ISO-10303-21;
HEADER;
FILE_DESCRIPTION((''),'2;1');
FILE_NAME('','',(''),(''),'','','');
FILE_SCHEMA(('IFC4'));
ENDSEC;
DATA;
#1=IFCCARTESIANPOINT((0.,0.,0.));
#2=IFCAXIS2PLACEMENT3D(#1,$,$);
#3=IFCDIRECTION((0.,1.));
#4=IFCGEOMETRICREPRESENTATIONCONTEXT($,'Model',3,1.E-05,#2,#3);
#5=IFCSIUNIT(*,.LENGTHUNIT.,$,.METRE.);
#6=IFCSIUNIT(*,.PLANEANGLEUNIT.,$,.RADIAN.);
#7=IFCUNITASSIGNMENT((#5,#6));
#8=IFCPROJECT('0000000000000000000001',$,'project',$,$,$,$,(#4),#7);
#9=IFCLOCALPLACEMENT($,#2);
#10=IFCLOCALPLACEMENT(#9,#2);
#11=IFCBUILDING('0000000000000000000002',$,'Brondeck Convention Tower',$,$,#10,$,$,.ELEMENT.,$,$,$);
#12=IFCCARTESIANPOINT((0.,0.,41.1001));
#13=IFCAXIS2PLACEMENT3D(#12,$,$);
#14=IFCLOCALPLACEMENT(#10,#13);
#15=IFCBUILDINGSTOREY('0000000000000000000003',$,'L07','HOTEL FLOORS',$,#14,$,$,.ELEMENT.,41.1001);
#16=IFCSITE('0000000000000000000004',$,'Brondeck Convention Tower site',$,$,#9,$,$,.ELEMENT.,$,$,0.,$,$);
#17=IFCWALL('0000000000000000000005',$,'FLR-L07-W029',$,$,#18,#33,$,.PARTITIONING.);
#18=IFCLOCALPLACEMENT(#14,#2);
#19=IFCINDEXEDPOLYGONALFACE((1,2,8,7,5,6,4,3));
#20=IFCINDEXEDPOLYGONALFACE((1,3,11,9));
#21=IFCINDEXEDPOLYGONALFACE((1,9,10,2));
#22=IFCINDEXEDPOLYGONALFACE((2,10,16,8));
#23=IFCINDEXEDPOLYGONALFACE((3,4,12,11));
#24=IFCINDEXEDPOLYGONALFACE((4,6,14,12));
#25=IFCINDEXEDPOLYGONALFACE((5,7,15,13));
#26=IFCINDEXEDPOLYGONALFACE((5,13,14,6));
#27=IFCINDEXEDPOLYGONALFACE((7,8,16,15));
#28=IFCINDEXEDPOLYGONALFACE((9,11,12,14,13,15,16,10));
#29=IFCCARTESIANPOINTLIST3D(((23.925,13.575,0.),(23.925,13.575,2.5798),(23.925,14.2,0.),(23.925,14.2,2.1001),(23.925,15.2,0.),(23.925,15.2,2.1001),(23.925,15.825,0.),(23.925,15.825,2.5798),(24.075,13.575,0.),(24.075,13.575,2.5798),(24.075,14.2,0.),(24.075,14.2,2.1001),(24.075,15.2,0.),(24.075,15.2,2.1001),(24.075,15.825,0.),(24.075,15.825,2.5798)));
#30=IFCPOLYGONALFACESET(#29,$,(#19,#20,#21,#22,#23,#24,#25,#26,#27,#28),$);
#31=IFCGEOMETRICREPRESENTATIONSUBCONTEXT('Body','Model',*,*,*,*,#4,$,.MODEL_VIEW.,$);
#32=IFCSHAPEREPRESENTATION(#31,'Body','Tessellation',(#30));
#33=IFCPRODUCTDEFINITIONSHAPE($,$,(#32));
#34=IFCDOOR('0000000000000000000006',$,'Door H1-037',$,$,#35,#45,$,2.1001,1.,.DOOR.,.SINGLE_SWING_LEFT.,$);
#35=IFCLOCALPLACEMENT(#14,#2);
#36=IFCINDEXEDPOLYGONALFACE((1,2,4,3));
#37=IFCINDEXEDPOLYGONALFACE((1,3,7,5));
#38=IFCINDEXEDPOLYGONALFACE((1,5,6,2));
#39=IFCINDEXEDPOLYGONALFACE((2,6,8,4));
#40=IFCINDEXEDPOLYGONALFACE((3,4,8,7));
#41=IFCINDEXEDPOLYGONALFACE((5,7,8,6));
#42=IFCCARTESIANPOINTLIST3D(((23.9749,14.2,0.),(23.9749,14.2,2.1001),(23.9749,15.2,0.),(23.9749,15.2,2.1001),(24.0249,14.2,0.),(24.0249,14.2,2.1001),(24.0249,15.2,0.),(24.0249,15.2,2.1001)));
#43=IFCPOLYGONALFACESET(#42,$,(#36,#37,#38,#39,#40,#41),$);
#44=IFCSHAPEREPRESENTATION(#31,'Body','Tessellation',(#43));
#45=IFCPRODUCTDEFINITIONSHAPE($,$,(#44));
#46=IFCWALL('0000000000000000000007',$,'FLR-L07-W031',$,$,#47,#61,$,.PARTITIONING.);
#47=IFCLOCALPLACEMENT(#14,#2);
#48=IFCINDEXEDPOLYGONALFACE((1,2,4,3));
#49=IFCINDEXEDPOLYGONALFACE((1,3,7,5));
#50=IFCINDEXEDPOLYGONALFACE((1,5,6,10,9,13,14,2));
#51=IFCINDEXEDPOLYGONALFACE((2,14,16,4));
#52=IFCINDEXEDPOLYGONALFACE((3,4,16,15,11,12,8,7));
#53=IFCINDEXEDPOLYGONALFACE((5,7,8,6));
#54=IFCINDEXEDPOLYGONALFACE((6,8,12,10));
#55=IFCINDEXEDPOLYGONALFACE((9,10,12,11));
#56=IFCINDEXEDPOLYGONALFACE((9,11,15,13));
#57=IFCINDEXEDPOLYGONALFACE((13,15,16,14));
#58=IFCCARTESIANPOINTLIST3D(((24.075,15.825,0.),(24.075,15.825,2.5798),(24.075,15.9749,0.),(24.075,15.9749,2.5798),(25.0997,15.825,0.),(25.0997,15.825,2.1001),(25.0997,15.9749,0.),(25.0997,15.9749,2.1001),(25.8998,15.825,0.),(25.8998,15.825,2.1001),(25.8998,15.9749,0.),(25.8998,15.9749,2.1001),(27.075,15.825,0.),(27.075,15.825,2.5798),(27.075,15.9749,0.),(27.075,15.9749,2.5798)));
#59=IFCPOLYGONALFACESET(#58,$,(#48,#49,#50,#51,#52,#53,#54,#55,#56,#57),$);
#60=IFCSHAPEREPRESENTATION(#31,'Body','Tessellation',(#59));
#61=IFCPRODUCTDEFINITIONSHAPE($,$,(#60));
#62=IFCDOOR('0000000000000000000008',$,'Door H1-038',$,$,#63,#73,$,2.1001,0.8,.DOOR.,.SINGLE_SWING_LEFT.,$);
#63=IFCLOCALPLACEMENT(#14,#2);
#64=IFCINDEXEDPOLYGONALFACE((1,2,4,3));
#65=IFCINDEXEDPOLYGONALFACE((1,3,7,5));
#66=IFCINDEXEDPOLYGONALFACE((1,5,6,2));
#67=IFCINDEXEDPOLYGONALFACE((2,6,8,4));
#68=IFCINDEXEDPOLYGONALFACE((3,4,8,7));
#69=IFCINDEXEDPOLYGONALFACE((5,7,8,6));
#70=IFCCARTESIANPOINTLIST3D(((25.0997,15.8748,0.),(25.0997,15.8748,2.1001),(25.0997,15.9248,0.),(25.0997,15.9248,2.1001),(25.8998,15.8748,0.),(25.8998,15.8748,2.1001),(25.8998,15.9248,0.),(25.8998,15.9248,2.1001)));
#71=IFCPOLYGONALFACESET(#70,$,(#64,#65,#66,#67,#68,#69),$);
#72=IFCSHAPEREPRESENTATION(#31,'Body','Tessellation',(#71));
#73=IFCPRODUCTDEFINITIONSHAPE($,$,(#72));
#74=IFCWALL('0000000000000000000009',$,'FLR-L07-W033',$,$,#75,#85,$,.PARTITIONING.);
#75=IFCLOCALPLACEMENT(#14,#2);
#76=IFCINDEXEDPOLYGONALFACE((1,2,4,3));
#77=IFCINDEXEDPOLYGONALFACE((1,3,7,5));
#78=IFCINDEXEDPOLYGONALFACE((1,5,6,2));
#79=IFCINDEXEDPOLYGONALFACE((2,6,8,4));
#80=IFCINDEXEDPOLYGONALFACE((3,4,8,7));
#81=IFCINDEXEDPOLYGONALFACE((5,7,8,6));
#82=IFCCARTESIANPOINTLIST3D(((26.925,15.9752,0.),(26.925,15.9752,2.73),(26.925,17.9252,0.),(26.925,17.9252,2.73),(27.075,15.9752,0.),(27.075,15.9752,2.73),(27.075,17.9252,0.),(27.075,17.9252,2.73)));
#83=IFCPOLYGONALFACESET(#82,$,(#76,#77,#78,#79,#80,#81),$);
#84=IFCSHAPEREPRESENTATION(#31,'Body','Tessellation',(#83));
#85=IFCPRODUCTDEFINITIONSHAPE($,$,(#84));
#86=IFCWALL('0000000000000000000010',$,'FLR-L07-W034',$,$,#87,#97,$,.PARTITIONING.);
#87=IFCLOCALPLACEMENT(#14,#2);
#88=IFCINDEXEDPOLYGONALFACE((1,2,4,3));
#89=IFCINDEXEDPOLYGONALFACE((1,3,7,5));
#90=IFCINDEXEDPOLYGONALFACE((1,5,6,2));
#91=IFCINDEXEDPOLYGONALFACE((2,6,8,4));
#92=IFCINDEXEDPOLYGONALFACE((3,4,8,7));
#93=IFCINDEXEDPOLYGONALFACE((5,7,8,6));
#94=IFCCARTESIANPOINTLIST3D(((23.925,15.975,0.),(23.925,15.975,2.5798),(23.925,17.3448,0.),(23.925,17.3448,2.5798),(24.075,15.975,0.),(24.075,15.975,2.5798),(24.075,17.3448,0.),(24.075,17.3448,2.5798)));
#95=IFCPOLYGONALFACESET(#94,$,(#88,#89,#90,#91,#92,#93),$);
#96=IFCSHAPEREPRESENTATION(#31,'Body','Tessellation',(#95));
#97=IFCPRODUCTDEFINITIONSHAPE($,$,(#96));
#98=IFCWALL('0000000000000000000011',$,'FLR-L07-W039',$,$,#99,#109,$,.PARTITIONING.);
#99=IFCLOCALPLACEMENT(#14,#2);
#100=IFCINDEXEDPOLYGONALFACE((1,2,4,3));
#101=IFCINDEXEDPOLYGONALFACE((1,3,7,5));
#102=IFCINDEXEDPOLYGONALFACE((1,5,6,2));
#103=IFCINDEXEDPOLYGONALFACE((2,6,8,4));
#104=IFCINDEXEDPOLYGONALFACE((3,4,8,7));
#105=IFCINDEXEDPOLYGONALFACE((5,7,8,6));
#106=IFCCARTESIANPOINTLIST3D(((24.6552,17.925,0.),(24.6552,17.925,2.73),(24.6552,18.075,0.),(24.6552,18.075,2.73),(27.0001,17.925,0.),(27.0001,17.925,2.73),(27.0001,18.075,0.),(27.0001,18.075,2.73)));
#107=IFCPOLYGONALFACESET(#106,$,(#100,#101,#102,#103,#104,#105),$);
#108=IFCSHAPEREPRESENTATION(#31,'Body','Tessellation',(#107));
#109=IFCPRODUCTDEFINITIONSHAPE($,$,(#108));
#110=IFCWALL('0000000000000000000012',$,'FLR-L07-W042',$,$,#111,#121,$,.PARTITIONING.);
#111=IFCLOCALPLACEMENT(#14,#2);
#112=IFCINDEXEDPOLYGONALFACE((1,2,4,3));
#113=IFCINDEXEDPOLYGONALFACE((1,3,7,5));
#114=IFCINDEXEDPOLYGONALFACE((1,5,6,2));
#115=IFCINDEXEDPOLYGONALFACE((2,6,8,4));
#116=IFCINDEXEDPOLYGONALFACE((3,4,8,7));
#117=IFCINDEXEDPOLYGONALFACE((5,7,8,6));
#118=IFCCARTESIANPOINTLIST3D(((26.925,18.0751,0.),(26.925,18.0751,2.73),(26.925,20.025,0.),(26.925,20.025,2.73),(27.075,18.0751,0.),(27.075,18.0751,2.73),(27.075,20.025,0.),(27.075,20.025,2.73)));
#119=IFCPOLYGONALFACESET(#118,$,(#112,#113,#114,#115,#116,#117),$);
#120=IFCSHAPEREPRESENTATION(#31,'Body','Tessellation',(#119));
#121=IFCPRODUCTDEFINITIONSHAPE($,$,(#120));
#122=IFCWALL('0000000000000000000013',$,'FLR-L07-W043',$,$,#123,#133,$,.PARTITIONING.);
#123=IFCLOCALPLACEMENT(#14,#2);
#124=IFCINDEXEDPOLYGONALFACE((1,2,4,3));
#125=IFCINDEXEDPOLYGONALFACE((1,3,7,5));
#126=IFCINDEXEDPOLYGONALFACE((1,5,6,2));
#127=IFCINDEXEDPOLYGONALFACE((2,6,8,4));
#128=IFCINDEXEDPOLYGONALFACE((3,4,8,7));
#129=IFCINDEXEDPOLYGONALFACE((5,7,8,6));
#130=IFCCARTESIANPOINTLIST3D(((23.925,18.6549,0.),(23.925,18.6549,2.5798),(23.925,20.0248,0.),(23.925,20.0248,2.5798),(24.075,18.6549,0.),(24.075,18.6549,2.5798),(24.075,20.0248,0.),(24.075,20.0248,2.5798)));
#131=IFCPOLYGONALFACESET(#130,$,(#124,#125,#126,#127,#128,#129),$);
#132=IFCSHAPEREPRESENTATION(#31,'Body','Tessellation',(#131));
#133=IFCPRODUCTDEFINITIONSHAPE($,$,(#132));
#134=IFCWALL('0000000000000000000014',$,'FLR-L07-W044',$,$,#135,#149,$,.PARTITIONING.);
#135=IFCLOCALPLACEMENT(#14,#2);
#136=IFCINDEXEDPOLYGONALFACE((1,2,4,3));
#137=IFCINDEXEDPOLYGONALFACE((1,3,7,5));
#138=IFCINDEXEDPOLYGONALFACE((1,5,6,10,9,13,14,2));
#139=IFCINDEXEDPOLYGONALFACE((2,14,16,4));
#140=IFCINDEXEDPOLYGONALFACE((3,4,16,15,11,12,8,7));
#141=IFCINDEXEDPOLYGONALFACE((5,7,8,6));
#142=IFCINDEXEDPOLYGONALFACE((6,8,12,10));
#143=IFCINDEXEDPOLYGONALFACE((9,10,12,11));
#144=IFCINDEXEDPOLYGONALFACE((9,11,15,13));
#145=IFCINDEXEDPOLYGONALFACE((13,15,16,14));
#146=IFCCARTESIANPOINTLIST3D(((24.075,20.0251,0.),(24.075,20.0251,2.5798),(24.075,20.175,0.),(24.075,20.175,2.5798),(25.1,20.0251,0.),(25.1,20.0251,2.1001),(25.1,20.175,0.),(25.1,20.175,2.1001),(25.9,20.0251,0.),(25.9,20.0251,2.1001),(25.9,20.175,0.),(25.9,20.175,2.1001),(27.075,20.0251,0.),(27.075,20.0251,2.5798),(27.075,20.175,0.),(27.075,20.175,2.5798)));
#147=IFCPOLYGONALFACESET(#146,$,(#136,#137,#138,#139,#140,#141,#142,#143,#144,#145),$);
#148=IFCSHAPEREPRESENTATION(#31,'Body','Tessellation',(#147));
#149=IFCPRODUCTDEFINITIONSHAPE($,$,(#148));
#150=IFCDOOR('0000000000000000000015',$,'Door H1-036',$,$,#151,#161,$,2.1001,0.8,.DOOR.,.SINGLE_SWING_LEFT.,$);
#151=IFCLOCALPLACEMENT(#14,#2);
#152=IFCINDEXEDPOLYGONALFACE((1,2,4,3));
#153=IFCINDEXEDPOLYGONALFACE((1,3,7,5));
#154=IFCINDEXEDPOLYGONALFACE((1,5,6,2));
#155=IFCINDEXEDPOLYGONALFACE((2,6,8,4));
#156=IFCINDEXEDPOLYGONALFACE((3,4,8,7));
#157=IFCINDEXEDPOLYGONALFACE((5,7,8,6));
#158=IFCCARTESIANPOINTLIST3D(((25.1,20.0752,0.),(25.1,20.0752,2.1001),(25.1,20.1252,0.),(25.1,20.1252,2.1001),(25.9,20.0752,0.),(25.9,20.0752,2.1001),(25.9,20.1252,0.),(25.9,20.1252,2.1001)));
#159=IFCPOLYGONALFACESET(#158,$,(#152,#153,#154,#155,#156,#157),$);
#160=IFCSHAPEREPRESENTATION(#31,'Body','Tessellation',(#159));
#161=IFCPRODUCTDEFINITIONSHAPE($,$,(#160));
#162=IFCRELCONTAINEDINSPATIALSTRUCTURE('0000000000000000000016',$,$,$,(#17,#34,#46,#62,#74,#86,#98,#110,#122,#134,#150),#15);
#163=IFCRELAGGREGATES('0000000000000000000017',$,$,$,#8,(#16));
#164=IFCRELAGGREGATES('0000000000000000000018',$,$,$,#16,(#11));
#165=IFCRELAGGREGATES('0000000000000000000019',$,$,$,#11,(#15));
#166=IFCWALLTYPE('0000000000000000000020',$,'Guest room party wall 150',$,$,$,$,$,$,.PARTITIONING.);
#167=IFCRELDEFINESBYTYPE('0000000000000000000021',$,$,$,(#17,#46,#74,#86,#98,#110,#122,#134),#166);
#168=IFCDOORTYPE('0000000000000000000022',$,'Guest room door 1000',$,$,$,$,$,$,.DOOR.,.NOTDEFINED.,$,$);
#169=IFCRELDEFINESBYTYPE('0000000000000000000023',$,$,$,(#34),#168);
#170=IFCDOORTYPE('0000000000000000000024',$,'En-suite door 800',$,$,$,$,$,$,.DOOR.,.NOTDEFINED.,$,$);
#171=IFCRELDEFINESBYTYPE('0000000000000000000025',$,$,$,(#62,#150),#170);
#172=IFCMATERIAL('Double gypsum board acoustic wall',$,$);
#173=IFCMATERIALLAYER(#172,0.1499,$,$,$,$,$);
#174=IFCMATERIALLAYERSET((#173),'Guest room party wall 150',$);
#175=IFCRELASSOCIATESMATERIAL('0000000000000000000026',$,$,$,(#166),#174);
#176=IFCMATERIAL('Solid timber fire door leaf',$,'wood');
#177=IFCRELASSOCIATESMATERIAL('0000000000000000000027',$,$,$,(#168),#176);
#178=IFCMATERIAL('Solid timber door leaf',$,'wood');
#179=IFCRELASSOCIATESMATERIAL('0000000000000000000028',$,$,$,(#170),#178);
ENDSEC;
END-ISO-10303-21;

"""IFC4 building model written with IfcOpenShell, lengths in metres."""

from ifc_helpers import new_model, si_unit, direction, frame, frame_2d, origin, place, context, subcontext, project, spatial, rectangle, extrude, material, layer, layer_set, type_object, element, fill, save


model = new_model("IFC4")

# Units and contexts
model_context = context("Model", 3, precision=1e-05, world=origin(), true_north=direction((0.0, 1.0)))
body_context = subcontext(model_context, "Body", "Model", "MODEL_VIEW")
ifc_project = project(units=[si_unit("LENGTHUNIT", "METRE"), si_unit("PLANEANGLEUNIT", "RADIAN")], contexts=[model_context])

# Site, building, storey
site_placement = place(None, origin())
site = spatial("IfcSite", under=ifc_project, at=site_placement, Name="Brondeck Convention Tower site", CompositionType="ELEMENT", RefElevation=0.0)
building_placement = place(site_placement, origin())
building = spatial("IfcBuilding", under=site, at=building_placement, Name="Brondeck Convention Tower", CompositionType="ELEMENT")
storey_placement = place(building_placement, frame((0.0, 0.0, 41.1001)))
storey = spatial("IfcBuildingStorey", under=building, at=storey_placement, Name="L07", Description="HOTEL FLOORS", CompositionType="ELEMENT", Elevation=41.1001)

# Walls, openings, doors
ifc_material_1 = material(Name="Double gypsum board acoustic wall")
ifc_layer_1 = layer(ifc_material_1, 0.1499)
ifc_layer_set_1 = layer_set([ifc_layer_1], Name="Guest room party wall 150")
wall_type_1 = type_object("IfcWallType", Name="Guest room party wall 150", PredefinedType="PARTITIONING", material=ifc_layer_set_1)
ifc_material_2 = material(Name="Solid timber fire door leaf", Category="wood")
door_type_1 = type_object("IfcDoorType", Name="Guest room door 1000", OperationType="NOTDEFINED", PredefinedType="DOOR", material=ifc_material_2)
wall_1_placement = place(storey_placement, frame((24.0, 15.825, 0.0), z_axis=(0.0, 0.0, 1.0), x_axis=(0.0, -1.0, 0.0)))
wall_1 = element("IfcWall", 1, at=wall_1_placement, inside=storey, type_object=wall_type_1, Name="FLR-L07-W029", PredefinedType="PARTITIONING", context=body_context, shape_type="SweptSolid", body=[
    extrude(rectangle(XDim=2.25, YDim=0.1499, at=frame_2d((1.125, 0.0))), origin(), (0.0, 0.0, 1.0), 2.5798),
])
opening_1_placement = place(wall_1_placement, frame((0.625, 0.0, 0.0)))
opening_1 = element("IfcOpeningElement", 2, at=opening_1_placement, cuts=wall_1, PredefinedType="OPENING", context=body_context, shape_type="SweptSolid", body=[
    extrude(rectangle(XDim=1.0, YDim=2.1001, at=frame_2d((0.5, 1.05))), frame((0.0, 0.085, 0.0), z_axis=(0.0, -1.0, 0.0), x_axis=(1.0, 0.0, 0.0)), (0.0, 0.0, 1.0), 0.1699),
])
door_1_placement = place(opening_1_placement, origin())
door_1 = element("IfcDoor", 3, at=door_1_placement, inside=storey, type_object=door_type_1, Name="Door H1-037", OperationType="SINGLE_SWING_LEFT", OverallHeight=2.1001, OverallWidth=1.0, PredefinedType="DOOR", context=body_context, shape_type="SweptSolid", body=[
    extrude(rectangle(XDim=1.0, YDim=2.1001, at=frame_2d((0.5, 1.05))), frame((0.0, 0.0249, 0.0), z_axis=(0.0, -1.0, 0.0), x_axis=(1.0, 0.0, 0.0)), (0.0, 0.0, 1.0), 0.05),
])
fill(opening_1, door_1)
wall_2_placement = place(storey_placement, frame((24.075, 15.8999, 0.0), z_axis=(0.0, 0.0, 1.0), x_axis=(1.0, 0.0, 0.0)))
wall_2 = element("IfcWall", 4, at=wall_2_placement, inside=storey, type_object=wall_type_1, Name="FLR-L07-W031", PredefinedType="PARTITIONING", context=body_context, shape_type="SweptSolid", body=[
    extrude(rectangle(XDim=3.0, YDim=0.1499, at=frame_2d((1.5, 0.0))), origin(), (0.0, 0.0, 1.0), 2.5798),
])
opening_2_placement = place(wall_2_placement, frame((1.0249, 0.0, 0.0)))
opening_2 = element("IfcOpeningElement", 5, at=opening_2_placement, cuts=wall_2, PredefinedType="OPENING", context=body_context, shape_type="SweptSolid", body=[
    extrude(rectangle(XDim=0.8, YDim=2.1001, at=frame_2d((0.3999, 1.05))), frame((0.0, 0.085, 0.0), z_axis=(0.0, -1.0, 0.0), x_axis=(1.0, 0.0, 0.0)), (0.0, 0.0, 1.0), 0.1699),
])
ifc_material_3 = material(Name="Solid timber door leaf", Category="wood")
door_type_2 = type_object("IfcDoorType", Name="En-suite door 800", OperationType="NOTDEFINED", PredefinedType="DOOR", material=ifc_material_3)
door_2_placement = place(opening_2_placement, origin())
door_2 = element("IfcDoor", 6, at=door_2_placement, inside=storey, type_object=door_type_2, Name="Door H1-038", OperationType="SINGLE_SWING_LEFT", OverallHeight=2.1001, OverallWidth=0.8, PredefinedType="DOOR", context=body_context, shape_type="SweptSolid", body=[
    extrude(rectangle(XDim=0.8, YDim=2.1001, at=frame_2d((0.3999, 1.05))), frame((0.0, 0.0249, 0.0), z_axis=(0.0, -1.0, 0.0), x_axis=(1.0, 0.0, 0.0)), (0.0, 0.0, 1.0), 0.05),
])
fill(opening_2, door_2)

# Walls
wall_3_placement = place(storey_placement, frame((27.0, 15.9751, 0.0), z_axis=(0.0, 0.0, 1.0), x_axis=(0.0, 1.0, 0.0)))
element("IfcWall", 7, at=wall_3_placement, inside=storey, type_object=wall_type_1, Name="FLR-L07-W033", PredefinedType="PARTITIONING", context=body_context, shape_type="SweptSolid", body=[
    extrude(rectangle(XDim=1.95, YDim=0.1499, at=frame_2d((0.9751, 0.0))), origin(), (0.0, 0.0, 1.0), 2.73),
])
wall_4_placement = place(storey_placement, frame((24.0, 17.345, 0.0), z_axis=(0.0, 0.0, 1.0), x_axis=(0.0, -1.0, 0.0)))
element("IfcWall", 8, at=wall_4_placement, inside=storey, type_object=wall_type_1, Name="FLR-L07-W034", PredefinedType="PARTITIONING", context=body_context, shape_type="SweptSolid", body=[
    extrude(rectangle(XDim=1.3699, YDim=0.1499, at=frame_2d((0.6851, 0.0))), origin(), (0.0, 0.0, 1.0), 2.5798),
])
wall_5_placement = place(storey_placement, frame((27.0, 18.0, 0.0), z_axis=(0.0, 0.0, 1.0), x_axis=(-1.0, 0.0, 0.0)))
element("IfcWall", 9, at=wall_5_placement, inside=storey, type_object=wall_type_1, Name="FLR-L07-W039", PredefinedType="PARTITIONING", context=body_context, shape_type="SweptSolid", body=[
    extrude(rectangle(XDim=2.345, YDim=0.1499, at=frame_2d((1.1724, 0.0))), origin(), (0.0, 0.0, 1.0), 2.73),
])
wall_6_placement = place(storey_placement, frame((27.0, 18.075, 0.0), z_axis=(0.0, 0.0, 1.0), x_axis=(0.0, 1.0, 0.0)))
element("IfcWall", 10, at=wall_6_placement, inside=storey, type_object=wall_type_1, Name="FLR-L07-W042", PredefinedType="PARTITIONING", context=body_context, shape_type="SweptSolid", body=[
    extrude(rectangle(XDim=1.95, YDim=0.1499, at=frame_2d((0.9751, 0.0))), origin(), (0.0, 0.0, 1.0), 2.73),
])
wall_7_placement = place(storey_placement, frame((24.0, 20.0249, 0.0), z_axis=(0.0, 0.0, 1.0), x_axis=(0.0, -1.0, 0.0)))
element("IfcWall", 11, at=wall_7_placement, inside=storey, type_object=wall_type_1, Name="FLR-L07-W043", PredefinedType="PARTITIONING", context=body_context, shape_type="SweptSolid", body=[
    extrude(rectangle(XDim=1.3699, YDim=0.1499, at=frame_2d((0.6851, 0.0))), origin(), (0.0, 0.0, 1.0), 2.5798),
])

# Wall, opening, door
wall_8_placement = place(storey_placement, frame((27.075, 20.1001, 0.0), z_axis=(0.0, 0.0, 1.0), x_axis=(-1.0, 0.0, 0.0)))
wall_8 = element("IfcWall", 12, at=wall_8_placement, inside=storey, type_object=wall_type_1, Name="FLR-L07-W044", PredefinedType="PARTITIONING", context=body_context, shape_type="SweptSolid", body=[
    extrude(rectangle(XDim=3.0, YDim=0.1499, at=frame_2d((1.5, 0.0))), origin(), (0.0, 0.0, 1.0), 2.5798),
])
opening_3_placement = place(wall_8_placement, frame((1.175, 0.0, 0.0)))
opening_3 = element("IfcOpeningElement", 13, at=opening_3_placement, cuts=wall_8, PredefinedType="OPENING", context=body_context, shape_type="SweptSolid", body=[
    extrude(rectangle(XDim=0.8, YDim=2.1001, at=frame_2d((0.3999, 1.05))), frame((0.0, 0.085, 0.0), z_axis=(0.0, -1.0, 0.0), x_axis=(1.0, 0.0, 0.0)), (0.0, 0.0, 1.0), 0.1699),
])
door_3_placement = place(opening_3_placement, origin())
door_3 = element("IfcDoor", 14, at=door_3_placement, inside=storey, type_object=door_type_2, Name="Door H1-036", OperationType="SINGLE_SWING_LEFT", OverallHeight=2.1001, OverallWidth=0.8, PredefinedType="DOOR", context=body_context, shape_type="SweptSolid", body=[
    extrude(rectangle(XDim=0.8, YDim=2.1001, at=frame_2d((0.3999, 1.05))), frame((0.0, 0.0249, 0.0), z_axis=(0.0, -1.0, 0.0), x_axis=(1.0, 0.0, 0.0)), (0.0, 0.0, 1.0), 0.05),
])
fill(opening_3, door_3)

save(model, "model.ifc")
